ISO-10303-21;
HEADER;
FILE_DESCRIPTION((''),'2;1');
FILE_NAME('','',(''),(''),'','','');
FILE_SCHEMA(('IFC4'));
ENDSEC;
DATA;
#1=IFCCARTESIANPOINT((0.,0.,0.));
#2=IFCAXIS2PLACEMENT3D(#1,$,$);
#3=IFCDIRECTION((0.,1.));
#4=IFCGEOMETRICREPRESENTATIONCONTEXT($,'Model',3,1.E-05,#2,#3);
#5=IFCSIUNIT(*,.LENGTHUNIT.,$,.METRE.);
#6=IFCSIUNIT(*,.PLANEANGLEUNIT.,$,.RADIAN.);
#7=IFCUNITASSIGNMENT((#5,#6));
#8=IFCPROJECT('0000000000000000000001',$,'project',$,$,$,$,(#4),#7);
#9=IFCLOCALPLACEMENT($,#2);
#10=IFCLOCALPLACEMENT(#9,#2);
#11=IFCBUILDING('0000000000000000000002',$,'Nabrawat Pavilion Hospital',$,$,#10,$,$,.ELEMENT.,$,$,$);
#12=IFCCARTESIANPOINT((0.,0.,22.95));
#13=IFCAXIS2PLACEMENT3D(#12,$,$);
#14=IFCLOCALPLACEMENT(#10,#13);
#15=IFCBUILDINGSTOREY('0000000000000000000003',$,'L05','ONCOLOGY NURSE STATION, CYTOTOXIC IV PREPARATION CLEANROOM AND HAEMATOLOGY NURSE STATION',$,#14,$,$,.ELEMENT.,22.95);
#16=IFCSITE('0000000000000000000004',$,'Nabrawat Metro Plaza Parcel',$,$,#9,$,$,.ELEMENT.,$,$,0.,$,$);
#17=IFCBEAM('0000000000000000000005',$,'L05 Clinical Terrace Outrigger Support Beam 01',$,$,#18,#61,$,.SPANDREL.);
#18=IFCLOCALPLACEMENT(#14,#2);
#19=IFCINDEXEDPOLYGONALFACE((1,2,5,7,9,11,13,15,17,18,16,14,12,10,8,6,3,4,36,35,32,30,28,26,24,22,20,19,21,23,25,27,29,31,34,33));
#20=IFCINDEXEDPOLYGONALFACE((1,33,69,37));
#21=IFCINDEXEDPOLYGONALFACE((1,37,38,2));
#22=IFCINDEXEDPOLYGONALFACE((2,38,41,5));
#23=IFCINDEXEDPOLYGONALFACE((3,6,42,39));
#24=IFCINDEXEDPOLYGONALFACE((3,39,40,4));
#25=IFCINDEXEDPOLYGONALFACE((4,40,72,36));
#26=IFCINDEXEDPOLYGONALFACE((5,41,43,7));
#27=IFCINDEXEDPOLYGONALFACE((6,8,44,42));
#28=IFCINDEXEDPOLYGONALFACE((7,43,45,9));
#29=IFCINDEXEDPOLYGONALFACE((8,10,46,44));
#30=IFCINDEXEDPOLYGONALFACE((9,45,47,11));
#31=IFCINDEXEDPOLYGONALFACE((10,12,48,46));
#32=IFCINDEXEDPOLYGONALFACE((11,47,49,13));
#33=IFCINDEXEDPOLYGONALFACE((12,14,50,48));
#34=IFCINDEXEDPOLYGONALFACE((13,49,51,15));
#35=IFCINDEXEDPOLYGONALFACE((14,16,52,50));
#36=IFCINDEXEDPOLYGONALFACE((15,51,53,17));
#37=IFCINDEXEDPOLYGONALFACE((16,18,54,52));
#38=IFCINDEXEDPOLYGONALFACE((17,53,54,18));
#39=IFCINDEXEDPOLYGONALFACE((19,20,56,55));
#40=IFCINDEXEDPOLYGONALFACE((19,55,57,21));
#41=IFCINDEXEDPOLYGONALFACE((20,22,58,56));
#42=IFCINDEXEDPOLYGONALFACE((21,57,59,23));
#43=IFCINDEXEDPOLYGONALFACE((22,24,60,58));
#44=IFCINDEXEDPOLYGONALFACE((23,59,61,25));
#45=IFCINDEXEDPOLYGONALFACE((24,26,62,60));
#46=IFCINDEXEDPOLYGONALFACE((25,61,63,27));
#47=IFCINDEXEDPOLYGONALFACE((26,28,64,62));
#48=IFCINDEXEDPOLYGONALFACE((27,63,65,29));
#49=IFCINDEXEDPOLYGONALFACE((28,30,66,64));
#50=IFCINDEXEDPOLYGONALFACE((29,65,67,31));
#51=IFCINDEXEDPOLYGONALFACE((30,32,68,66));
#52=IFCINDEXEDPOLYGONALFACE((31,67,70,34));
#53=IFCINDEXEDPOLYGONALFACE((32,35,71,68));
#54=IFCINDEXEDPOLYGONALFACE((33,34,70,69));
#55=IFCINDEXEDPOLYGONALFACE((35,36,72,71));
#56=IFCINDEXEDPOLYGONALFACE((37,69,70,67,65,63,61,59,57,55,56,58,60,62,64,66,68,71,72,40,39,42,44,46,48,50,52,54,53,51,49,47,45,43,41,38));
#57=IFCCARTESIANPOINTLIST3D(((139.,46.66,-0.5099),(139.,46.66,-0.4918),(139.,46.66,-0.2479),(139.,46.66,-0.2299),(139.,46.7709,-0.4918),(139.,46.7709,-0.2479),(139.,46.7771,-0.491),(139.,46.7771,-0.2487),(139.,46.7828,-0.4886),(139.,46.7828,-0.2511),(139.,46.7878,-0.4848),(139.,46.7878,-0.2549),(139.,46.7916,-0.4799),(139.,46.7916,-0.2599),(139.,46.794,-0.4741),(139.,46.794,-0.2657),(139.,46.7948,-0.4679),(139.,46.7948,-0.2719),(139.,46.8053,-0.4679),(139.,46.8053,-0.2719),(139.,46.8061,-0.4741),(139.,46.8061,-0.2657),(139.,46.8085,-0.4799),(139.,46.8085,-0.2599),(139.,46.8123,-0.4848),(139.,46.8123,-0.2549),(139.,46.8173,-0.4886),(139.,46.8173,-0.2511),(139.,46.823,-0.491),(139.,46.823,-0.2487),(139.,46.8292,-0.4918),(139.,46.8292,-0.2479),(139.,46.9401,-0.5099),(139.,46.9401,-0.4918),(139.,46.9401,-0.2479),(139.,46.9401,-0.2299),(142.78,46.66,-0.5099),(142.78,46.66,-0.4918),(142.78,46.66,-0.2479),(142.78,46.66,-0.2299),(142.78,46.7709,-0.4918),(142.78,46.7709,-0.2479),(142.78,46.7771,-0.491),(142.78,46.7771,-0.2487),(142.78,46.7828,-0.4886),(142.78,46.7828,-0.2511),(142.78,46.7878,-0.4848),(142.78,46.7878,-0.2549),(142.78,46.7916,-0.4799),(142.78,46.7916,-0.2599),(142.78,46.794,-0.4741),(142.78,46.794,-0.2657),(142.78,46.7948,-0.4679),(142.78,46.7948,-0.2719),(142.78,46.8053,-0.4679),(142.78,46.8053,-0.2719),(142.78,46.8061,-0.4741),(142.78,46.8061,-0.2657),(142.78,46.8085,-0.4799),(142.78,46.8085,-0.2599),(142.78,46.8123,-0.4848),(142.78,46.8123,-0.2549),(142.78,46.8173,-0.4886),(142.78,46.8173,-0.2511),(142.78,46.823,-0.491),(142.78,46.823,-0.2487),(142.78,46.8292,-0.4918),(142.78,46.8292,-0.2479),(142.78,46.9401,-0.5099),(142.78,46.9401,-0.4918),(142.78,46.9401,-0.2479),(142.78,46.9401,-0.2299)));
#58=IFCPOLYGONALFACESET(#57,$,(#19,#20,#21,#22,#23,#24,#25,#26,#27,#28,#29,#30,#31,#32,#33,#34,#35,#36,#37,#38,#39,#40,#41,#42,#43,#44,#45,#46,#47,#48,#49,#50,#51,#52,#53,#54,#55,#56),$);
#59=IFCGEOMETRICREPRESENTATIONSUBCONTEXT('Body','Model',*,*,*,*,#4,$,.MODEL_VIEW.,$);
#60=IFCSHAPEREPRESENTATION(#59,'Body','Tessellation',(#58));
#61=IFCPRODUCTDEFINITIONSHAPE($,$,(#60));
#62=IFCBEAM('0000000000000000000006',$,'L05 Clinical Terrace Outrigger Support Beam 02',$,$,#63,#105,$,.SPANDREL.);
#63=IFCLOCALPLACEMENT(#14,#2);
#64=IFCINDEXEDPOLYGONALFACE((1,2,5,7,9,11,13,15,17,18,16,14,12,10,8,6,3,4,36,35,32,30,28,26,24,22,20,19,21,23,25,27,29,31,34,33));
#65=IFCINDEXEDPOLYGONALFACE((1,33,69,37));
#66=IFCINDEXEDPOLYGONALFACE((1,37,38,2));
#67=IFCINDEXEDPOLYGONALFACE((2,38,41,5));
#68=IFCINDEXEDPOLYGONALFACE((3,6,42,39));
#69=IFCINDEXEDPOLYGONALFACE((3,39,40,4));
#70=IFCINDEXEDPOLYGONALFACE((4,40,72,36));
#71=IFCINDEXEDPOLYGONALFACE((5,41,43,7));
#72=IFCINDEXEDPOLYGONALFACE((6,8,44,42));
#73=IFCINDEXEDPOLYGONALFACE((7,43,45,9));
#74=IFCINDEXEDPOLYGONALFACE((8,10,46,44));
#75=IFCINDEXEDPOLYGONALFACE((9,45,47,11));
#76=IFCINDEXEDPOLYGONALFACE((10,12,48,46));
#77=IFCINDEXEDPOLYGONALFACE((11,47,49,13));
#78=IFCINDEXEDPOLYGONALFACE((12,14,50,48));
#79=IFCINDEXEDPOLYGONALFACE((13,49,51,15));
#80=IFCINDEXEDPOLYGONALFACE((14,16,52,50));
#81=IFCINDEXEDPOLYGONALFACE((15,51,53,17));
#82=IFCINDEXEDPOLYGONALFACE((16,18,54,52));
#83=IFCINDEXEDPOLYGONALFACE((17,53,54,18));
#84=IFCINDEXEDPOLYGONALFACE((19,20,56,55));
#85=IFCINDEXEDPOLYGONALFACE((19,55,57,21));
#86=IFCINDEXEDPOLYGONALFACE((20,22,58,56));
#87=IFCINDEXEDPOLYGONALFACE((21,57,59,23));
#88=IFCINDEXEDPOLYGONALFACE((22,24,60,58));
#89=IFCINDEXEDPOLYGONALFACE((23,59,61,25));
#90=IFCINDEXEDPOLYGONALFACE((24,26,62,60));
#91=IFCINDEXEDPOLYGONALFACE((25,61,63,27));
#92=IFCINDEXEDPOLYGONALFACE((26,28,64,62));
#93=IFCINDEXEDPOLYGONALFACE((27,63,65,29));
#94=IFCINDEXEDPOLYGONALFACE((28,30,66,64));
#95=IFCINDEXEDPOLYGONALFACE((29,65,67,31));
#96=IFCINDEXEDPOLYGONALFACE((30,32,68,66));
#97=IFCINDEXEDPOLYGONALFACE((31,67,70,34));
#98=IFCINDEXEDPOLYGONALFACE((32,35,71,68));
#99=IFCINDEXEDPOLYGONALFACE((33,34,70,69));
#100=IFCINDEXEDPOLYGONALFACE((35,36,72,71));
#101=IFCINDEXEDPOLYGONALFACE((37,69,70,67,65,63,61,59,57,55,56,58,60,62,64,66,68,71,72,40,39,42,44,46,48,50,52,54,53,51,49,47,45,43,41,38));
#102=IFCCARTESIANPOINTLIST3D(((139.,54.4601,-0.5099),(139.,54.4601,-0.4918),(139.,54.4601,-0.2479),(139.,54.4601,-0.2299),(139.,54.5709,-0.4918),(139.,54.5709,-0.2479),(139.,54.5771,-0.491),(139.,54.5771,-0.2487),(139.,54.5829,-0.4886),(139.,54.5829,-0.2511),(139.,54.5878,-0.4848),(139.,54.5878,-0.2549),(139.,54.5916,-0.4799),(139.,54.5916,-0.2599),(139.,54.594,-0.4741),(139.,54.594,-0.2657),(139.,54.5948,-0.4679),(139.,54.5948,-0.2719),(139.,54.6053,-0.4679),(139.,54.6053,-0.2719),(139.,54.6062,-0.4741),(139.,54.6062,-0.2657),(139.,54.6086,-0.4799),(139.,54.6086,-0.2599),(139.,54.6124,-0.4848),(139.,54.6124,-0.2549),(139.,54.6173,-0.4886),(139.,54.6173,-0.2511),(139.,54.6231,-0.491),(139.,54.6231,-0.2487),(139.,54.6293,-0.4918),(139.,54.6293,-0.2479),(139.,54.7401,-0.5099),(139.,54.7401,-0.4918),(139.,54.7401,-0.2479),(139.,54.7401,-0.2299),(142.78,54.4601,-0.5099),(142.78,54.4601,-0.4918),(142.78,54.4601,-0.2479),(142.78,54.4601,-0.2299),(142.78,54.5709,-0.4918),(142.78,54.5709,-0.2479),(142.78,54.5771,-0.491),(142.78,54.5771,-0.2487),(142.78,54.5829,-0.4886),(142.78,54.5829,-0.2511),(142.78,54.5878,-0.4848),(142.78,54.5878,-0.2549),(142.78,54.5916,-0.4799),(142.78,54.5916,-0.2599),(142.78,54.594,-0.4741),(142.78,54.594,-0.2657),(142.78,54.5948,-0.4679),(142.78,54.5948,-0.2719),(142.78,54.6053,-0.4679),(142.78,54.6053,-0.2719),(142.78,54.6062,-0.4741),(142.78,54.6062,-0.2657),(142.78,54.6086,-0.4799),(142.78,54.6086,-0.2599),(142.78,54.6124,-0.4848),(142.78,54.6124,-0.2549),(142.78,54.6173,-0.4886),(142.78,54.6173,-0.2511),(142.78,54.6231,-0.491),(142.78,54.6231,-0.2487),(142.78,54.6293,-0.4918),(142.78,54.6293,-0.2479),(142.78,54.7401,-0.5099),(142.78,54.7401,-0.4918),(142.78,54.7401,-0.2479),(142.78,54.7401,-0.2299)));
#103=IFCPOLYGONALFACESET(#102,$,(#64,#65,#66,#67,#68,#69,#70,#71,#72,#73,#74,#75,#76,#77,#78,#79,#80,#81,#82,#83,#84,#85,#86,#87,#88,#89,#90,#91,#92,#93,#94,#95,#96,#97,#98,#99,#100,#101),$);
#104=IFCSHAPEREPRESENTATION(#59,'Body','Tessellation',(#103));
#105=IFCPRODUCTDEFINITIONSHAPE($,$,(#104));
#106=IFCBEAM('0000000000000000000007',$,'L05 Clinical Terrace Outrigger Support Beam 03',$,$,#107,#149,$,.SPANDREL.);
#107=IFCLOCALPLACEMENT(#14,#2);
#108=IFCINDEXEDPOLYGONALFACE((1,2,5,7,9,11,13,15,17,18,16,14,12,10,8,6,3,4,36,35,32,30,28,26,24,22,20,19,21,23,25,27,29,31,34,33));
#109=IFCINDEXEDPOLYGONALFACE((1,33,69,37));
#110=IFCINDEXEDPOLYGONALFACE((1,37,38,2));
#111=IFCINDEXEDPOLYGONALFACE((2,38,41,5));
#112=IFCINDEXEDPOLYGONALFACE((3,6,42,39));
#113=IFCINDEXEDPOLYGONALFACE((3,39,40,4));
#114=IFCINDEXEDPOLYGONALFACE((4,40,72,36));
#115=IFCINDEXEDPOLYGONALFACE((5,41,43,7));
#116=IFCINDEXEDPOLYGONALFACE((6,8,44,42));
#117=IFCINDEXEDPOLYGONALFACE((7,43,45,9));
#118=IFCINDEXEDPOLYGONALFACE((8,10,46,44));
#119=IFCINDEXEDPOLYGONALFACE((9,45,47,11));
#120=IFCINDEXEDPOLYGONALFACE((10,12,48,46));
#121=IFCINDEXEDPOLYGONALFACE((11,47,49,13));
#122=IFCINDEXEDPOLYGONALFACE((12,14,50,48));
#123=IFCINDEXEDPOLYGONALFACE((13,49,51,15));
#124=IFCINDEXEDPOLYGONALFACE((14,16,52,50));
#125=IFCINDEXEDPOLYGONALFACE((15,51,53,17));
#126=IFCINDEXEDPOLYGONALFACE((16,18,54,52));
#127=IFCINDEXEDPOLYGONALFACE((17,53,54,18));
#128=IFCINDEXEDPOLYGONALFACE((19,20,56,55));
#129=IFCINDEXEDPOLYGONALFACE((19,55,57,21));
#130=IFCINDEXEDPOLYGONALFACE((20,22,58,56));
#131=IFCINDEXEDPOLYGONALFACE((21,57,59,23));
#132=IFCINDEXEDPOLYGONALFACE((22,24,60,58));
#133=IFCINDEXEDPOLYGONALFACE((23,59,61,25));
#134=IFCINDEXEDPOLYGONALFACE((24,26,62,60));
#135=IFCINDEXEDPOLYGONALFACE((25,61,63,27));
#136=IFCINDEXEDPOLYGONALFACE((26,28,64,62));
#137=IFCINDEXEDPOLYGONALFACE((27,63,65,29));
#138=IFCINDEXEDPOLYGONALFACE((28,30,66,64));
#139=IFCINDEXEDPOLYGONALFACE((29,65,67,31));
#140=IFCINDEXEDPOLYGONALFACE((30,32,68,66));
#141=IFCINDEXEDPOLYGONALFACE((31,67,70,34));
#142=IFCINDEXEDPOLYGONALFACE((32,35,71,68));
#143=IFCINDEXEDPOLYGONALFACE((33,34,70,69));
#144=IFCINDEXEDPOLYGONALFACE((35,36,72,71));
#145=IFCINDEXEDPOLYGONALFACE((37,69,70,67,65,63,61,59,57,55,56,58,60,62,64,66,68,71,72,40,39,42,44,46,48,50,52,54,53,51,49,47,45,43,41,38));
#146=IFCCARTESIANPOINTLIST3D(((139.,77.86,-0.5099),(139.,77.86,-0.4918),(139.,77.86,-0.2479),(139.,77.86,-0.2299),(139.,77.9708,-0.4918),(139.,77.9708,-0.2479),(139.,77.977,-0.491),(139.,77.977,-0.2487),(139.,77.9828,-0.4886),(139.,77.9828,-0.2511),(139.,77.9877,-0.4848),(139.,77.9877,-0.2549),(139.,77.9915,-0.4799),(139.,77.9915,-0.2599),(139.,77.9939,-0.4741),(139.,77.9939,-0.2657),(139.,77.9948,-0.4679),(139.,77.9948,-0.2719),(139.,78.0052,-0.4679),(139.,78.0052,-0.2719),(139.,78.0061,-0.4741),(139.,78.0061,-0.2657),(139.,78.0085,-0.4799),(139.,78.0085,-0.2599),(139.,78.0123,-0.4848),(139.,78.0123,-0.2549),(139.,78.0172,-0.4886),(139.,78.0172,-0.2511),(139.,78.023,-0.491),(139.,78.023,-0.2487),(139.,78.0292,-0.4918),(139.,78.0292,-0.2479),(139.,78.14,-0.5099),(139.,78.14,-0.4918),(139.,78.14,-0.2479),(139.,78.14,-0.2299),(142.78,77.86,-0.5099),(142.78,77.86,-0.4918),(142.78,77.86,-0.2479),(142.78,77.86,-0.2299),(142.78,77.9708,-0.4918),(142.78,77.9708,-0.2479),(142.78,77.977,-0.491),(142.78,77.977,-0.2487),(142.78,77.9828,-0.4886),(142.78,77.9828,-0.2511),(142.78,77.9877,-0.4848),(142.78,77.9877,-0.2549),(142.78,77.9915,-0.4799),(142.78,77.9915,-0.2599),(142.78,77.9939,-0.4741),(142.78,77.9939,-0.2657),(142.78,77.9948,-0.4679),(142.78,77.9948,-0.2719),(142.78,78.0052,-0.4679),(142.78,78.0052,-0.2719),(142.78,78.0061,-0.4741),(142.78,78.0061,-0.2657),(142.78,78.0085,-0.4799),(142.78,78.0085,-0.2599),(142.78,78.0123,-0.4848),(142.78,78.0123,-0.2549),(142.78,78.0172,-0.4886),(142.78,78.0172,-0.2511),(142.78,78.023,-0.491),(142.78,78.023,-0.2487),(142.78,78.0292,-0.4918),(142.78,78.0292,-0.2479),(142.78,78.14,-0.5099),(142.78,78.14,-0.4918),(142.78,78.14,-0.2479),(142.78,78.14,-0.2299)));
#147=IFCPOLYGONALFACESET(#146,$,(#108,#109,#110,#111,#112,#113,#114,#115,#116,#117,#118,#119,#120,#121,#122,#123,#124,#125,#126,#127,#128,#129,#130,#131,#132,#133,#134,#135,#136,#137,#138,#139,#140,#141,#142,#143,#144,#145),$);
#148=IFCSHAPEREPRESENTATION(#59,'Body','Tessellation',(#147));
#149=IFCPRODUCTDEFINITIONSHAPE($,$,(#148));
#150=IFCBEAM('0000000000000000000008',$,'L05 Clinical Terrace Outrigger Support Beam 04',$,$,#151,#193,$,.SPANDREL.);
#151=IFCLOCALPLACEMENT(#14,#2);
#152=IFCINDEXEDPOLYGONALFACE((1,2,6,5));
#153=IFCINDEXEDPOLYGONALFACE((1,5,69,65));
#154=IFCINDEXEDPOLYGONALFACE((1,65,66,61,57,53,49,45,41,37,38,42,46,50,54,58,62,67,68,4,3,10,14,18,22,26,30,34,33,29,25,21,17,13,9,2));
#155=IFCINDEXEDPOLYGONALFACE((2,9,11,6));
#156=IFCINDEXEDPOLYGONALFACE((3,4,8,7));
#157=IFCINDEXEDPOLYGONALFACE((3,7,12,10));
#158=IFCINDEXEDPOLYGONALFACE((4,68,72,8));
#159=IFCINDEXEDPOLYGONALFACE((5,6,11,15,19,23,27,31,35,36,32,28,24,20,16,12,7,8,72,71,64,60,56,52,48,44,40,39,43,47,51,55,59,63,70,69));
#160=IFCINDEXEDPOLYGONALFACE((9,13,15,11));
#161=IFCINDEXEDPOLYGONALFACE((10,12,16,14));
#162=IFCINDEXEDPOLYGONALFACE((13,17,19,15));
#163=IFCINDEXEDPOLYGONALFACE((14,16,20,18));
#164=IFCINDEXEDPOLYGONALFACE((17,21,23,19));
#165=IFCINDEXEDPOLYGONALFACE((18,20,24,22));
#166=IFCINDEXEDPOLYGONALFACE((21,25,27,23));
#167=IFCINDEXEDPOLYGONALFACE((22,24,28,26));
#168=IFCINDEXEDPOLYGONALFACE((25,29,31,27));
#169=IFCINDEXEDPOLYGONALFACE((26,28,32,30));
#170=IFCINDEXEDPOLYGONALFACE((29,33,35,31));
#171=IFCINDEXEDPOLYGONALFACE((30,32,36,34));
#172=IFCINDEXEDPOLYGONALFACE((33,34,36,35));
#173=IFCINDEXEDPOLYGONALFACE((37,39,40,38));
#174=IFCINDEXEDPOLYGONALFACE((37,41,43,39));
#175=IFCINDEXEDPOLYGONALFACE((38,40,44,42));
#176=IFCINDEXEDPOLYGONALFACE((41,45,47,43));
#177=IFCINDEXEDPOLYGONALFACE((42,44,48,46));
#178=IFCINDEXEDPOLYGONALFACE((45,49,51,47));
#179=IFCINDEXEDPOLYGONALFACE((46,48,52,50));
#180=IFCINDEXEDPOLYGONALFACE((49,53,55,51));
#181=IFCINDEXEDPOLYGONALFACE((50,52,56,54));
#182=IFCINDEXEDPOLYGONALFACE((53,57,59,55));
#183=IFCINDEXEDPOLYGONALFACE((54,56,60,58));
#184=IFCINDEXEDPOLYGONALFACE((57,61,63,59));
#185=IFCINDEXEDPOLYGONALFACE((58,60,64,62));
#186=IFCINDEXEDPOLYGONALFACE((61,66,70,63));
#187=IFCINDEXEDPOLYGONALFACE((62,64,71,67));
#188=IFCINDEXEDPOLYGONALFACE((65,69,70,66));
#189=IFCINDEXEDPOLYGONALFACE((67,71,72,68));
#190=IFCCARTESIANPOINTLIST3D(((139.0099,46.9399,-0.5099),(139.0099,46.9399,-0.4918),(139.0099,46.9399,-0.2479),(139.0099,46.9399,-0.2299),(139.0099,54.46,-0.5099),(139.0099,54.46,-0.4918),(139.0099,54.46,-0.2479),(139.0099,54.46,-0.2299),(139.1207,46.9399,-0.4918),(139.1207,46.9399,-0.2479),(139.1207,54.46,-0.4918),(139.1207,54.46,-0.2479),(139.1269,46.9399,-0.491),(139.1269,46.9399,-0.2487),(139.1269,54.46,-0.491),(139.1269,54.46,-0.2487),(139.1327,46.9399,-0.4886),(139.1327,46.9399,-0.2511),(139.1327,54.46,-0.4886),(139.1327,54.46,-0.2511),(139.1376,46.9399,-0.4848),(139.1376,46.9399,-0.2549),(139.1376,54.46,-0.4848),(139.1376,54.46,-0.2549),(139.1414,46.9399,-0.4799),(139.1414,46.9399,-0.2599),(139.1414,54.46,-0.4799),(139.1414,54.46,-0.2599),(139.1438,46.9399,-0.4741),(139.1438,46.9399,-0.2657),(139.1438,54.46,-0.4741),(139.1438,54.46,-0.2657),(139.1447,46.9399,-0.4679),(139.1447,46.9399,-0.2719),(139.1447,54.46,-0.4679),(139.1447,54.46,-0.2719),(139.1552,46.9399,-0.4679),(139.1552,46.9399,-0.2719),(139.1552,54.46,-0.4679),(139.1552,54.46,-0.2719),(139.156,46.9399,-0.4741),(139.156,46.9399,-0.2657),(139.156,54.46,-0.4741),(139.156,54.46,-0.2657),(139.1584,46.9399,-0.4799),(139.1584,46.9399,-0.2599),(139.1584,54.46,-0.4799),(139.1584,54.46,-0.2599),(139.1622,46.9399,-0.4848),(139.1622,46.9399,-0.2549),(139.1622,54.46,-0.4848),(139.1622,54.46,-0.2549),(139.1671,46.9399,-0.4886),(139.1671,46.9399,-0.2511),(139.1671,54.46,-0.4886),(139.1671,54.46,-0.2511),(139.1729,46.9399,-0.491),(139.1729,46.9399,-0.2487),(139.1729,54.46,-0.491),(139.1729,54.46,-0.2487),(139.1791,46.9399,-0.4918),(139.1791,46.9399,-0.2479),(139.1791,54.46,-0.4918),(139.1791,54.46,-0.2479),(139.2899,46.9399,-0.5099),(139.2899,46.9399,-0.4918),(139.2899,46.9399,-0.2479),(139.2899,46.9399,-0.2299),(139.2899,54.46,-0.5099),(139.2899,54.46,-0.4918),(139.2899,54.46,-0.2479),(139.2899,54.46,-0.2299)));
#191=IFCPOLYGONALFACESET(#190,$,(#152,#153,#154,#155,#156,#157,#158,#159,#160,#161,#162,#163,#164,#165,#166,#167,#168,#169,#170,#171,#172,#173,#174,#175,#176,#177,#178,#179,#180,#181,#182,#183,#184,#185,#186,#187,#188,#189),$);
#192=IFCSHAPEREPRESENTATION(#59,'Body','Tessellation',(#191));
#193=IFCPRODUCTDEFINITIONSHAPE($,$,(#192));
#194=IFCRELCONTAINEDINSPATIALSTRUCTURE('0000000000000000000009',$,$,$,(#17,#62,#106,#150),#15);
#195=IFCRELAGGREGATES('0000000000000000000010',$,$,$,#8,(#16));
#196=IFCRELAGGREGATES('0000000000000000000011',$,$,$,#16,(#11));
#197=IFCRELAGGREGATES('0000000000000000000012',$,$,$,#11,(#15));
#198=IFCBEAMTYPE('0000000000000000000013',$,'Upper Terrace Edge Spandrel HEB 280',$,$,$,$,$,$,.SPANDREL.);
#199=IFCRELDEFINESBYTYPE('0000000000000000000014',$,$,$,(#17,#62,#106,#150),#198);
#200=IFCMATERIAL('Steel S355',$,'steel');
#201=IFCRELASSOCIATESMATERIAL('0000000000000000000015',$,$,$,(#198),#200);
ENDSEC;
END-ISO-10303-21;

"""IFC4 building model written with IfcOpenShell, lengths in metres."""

from ifc_helpers import new_model, si_unit, direction, frame, origin, origin_2d, place, context, subcontext, project, spatial, i_section, extrude, material, material_profile, profile_set, type_object, element, save


model = new_model("IFC4")

# Units and contexts
model_context = context("Model", 3, precision=1e-05, world=origin(), true_north=direction((0.0, 1.0)))
body_context = subcontext(model_context, "Body", "Model", "MODEL_VIEW")
ifc_project = project(units=[si_unit("LENGTHUNIT", "METRE"), si_unit("PLANEANGLEUNIT", "RADIAN")], contexts=[model_context])

# Site, building, storey
site_placement = place(None, origin())
site = spatial("IfcSite", under=ifc_project, at=site_placement, Name="Nabrawat Metro Plaza Parcel", CompositionType="ELEMENT", RefElevation=0.0)
building_placement = place(site_placement, origin())
building = spatial("IfcBuilding", under=site, at=building_placement, Name="Nabrawat Pavilion Hospital", CompositionType="ELEMENT")
storey_placement = place(building_placement, frame((0.0, 0.0, 22.95)))
storey = spatial("IfcBuildingStorey", under=building, at=storey_placement, Name="L05", Description="ONCOLOGY NURSE STATION, CYTOTOXIC IV PREPARATION CLEANROOM AND HAEMATOLOGY NURSE STATION", CompositionType="ELEMENT", Elevation=22.95)

# Beams
ifc_material_1 = material(Name="Steel S355", Category="steel")
ifc_material_profile = material_profile(ifc_material_1, i_section(OverallWidth=0.28, OverallDepth=0.28, WebThickness=0.0105, FlangeThickness=0.0181, FilletRadius=0.0239, at=origin_2d()), Name="HEB 280")
ifc_profile_set = profile_set([ifc_material_profile], Name="Steel S355")
beam_type = type_object("IfcBeamType", Name="Upper Terrace Edge Spandrel HEB 280", PredefinedType="SPANDREL", material=ifc_profile_set)
for number, where, z_axis, x_axis, name in (
    (1, (139.0, 46.8, -0.3699), (1.0, 0.0, 0.0), (0.0, 1.0, 0.0), "L05 Clinical Terrace Outrigger Support Beam 01"),
    (2, (139.0, 54.6001, -0.3699), (1.0, 0.0, 0.0), (0.0, 1.0, 0.0), "L05 Clinical Terrace Outrigger Support Beam 02"),
    (3, (139.0, 78.0, -0.3699), (1.0, 0.0, 0.0), (0.0, 1.0, 0.0), "L05 Clinical Terrace Outrigger Support Beam 03"),
):
    element("IfcBeam", number, at=place(storey_placement, frame(where, z_axis=z_axis, x_axis=x_axis)), inside=storey, type_object=beam_type, Name=name, PredefinedType="SPANDREL", context=body_context, shape_type="SweptSolid", body=[
        extrude(i_section(OverallWidth=0.28, OverallDepth=0.28, WebThickness=0.0105, FlangeThickness=0.0181, FilletRadius=0.0239, at=origin_2d()), origin(), (0.0, 0.0, 1.0), 3.78),
    ])
beam_1_placement = place(storey_placement, frame((139.1499, 46.9399, -0.3699), z_axis=(0.0, 1.0, 0.0), x_axis=(-1.0, 0.0, 0.0)))
element("IfcBeam", 4, at=beam_1_placement, inside=storey, type_object=beam_type, Name="L05 Clinical Terrace Outrigger Support Beam 04", PredefinedType="SPANDREL", context=body_context, shape_type="SweptSolid", body=[
    extrude(i_section(OverallWidth=0.28, OverallDepth=0.28, WebThickness=0.0105, FlangeThickness=0.0181, FilletRadius=0.0239, at=origin_2d()), origin(), (0.0, 0.0, 1.0), 7.52),
])

save(model, "model.ifc")
